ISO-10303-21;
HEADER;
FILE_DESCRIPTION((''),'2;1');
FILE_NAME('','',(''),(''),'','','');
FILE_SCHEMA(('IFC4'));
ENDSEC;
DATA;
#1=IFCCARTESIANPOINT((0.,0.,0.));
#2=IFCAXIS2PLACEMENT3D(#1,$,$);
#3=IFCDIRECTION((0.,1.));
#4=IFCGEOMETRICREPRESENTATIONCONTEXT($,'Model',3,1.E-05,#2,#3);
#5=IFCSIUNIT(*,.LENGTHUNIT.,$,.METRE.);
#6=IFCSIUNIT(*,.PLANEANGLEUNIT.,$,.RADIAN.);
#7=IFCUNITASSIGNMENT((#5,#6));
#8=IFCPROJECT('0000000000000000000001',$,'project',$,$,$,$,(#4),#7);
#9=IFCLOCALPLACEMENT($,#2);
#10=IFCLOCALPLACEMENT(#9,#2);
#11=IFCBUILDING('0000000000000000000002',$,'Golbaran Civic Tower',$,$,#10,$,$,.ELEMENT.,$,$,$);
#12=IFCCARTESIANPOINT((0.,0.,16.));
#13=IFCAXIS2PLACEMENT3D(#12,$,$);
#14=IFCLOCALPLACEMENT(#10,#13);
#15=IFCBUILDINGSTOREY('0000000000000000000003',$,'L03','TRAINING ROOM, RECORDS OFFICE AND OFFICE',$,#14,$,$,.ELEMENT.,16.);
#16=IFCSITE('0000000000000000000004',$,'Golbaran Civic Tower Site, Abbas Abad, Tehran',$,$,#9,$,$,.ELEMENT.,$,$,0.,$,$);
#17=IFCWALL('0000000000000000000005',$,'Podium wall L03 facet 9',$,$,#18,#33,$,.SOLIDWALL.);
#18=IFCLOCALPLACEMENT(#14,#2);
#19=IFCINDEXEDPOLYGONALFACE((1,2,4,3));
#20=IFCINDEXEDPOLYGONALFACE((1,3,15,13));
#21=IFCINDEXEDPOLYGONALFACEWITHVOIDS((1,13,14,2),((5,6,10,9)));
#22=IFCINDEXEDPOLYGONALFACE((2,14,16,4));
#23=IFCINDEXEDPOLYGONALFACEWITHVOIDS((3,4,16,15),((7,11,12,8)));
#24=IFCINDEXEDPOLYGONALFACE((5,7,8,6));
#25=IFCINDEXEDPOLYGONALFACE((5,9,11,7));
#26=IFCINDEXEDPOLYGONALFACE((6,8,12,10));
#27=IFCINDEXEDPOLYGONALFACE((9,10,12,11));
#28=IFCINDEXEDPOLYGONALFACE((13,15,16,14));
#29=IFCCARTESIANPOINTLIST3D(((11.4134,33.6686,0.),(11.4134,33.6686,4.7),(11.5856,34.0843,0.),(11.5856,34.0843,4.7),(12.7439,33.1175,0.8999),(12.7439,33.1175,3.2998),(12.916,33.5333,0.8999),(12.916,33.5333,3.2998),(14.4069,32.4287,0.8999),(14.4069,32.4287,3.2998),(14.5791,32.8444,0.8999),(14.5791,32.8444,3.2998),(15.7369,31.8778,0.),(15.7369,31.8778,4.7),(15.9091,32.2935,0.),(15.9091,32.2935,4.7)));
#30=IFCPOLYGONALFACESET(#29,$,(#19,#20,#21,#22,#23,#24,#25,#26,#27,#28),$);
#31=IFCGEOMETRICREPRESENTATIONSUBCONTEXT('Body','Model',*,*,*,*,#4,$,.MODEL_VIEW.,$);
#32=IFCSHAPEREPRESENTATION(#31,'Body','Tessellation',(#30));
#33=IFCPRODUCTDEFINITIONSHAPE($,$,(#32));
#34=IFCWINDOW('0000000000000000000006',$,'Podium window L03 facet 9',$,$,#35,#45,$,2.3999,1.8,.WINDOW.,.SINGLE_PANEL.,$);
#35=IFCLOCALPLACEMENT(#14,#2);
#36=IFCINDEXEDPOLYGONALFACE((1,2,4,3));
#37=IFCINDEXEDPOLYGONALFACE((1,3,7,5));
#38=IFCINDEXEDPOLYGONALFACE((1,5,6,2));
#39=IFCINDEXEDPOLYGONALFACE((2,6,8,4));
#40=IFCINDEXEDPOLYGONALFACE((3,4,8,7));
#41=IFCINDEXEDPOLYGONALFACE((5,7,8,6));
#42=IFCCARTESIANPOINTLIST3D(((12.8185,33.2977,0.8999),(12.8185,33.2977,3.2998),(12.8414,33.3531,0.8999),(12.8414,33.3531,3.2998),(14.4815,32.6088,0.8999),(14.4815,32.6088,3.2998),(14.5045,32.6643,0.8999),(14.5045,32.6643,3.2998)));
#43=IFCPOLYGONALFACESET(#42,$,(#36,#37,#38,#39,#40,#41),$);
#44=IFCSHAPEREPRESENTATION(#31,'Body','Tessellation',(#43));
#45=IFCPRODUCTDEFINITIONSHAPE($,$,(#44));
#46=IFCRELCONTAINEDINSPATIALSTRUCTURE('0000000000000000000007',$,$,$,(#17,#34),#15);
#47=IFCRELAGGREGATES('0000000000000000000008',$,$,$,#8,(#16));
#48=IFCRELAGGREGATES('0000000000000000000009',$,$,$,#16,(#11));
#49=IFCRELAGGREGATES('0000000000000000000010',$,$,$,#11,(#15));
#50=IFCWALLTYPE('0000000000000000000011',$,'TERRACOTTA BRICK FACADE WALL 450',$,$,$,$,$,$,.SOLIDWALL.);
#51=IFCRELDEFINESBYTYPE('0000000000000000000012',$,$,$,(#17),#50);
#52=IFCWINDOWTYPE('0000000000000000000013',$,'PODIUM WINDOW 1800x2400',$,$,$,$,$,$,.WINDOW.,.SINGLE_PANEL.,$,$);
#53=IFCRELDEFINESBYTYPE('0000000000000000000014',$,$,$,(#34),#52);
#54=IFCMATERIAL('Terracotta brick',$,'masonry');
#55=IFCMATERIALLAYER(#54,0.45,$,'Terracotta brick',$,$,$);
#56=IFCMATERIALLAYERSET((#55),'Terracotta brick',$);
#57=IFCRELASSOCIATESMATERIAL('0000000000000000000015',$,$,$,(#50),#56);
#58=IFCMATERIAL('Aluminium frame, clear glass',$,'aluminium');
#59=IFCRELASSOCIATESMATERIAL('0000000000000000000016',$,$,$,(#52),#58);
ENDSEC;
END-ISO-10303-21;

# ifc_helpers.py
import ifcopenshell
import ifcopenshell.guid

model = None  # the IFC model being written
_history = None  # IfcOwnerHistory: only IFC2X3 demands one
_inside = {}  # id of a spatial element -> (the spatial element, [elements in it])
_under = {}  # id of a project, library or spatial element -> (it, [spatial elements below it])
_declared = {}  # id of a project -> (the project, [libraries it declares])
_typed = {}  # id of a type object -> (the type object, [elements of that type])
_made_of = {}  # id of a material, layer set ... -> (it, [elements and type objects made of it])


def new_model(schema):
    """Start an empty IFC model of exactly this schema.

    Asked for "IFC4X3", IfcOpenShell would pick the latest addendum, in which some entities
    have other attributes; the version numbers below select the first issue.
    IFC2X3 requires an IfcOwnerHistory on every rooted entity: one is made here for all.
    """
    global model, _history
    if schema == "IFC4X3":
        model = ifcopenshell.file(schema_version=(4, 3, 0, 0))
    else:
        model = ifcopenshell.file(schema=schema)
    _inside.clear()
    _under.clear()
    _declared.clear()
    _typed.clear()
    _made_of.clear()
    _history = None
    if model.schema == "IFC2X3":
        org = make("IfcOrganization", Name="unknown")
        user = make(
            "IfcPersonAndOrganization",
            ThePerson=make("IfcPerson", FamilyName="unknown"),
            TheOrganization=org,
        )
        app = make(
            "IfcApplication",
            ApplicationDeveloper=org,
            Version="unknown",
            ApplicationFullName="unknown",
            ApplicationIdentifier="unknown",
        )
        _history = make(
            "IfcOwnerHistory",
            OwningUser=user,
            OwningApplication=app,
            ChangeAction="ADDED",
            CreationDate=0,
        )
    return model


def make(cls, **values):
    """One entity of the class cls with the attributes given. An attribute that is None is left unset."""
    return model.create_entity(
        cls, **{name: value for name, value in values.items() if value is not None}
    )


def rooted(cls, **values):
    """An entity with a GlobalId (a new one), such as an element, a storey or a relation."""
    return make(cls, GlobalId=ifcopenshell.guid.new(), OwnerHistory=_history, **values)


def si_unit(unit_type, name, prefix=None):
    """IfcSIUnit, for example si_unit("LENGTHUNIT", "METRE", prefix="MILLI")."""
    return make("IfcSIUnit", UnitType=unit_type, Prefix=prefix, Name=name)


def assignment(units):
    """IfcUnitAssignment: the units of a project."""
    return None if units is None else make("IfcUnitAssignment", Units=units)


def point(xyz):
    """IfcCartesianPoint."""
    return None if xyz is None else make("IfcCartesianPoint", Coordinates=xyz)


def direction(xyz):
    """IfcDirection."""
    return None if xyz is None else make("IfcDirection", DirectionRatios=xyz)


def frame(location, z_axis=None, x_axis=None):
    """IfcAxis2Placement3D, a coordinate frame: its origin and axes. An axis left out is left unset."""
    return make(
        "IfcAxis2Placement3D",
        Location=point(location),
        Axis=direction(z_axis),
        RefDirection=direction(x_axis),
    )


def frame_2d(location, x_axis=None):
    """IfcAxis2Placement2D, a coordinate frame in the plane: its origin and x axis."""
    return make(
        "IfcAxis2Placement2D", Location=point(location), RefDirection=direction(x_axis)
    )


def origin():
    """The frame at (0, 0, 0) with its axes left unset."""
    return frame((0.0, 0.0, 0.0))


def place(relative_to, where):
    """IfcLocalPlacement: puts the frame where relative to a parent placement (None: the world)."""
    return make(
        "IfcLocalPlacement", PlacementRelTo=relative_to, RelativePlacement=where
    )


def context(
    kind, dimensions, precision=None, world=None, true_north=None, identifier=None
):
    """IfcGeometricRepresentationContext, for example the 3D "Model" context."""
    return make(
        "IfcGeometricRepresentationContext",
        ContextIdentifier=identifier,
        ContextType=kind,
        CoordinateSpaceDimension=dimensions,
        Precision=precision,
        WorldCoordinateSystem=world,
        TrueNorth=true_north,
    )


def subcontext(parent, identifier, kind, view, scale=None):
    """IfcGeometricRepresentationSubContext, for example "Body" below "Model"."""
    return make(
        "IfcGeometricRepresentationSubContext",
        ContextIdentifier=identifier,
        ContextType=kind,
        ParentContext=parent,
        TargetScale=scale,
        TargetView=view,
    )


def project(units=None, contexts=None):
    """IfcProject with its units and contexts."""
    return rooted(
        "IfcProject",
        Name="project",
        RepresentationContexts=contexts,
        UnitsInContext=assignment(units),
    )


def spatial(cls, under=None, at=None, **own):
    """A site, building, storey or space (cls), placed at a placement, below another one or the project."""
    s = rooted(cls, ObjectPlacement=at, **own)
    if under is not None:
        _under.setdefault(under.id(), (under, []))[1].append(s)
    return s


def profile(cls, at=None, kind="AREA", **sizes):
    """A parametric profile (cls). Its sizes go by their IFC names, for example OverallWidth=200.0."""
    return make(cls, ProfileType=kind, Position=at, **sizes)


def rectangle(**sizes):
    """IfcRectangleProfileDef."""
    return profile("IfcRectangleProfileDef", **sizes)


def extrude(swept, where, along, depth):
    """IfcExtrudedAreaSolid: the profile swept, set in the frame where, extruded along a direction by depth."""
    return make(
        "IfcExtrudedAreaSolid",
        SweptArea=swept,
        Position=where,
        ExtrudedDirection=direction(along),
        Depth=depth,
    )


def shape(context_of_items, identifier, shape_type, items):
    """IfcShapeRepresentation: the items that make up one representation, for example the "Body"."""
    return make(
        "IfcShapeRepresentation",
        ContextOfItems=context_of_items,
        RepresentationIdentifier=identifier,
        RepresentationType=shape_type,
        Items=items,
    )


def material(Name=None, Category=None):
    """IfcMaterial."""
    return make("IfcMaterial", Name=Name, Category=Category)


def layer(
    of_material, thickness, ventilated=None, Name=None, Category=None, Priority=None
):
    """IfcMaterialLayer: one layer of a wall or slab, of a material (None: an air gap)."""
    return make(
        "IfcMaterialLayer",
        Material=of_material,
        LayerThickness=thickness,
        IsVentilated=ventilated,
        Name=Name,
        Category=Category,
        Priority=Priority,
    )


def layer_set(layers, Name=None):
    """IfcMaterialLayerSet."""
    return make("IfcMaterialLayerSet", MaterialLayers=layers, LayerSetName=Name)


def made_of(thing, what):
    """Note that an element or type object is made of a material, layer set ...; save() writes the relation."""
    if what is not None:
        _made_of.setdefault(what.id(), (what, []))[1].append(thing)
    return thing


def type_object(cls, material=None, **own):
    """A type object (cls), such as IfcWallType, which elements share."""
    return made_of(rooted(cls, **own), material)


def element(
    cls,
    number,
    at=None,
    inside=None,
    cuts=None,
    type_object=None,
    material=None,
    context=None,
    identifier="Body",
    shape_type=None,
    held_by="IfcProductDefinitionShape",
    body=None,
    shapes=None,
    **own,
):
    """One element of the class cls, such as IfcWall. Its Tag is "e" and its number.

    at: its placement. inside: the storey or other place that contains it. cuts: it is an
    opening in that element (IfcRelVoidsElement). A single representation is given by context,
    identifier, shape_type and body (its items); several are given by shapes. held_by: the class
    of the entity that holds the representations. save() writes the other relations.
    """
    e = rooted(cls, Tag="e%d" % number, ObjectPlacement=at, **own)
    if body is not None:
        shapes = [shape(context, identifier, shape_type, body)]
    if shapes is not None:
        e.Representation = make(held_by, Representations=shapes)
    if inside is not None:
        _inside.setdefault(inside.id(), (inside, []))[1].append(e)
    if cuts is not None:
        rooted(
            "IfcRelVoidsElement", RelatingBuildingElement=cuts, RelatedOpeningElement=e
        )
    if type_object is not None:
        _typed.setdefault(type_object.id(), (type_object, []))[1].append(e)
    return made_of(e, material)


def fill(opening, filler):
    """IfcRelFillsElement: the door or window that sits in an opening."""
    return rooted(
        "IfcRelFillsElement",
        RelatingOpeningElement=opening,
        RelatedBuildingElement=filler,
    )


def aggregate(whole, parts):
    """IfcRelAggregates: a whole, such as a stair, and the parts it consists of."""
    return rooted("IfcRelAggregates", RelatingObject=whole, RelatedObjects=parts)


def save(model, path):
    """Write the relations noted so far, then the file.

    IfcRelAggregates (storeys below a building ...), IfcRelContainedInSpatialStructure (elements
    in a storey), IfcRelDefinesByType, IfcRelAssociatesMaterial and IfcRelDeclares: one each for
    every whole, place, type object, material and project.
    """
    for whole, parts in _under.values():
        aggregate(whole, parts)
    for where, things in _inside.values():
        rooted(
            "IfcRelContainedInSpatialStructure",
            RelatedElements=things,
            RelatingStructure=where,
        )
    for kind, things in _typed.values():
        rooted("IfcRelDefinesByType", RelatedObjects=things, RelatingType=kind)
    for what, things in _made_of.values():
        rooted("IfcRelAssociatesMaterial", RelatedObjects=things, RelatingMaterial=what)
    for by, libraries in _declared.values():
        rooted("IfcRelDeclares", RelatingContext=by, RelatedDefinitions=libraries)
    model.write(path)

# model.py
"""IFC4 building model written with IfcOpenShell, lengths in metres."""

from ifc_helpers import new_model, si_unit, direction, frame, frame_2d, origin, place, context, subcontext, project, spatial, rectangle, extrude, material, layer, layer_set, type_object, element, fill, save


model = new_model("IFC4")

# Units and contexts
model_context = context("Model", 3, precision=1e-05, world=origin(), true_north=direction((0.0, 1.0)))
body_context = subcontext(model_context, "Body", "Model", "MODEL_VIEW")
ifc_project = project(units=[si_unit("LENGTHUNIT", "METRE"), si_unit("PLANEANGLEUNIT", "RADIAN")], contexts=[model_context])

# Site, building, storey
site_placement = place(None, origin())
site = spatial("IfcSite", under=ifc_project, at=site_placement, Name="Golbaran Civic Tower Site, Abbas Abad, Tehran", CompositionType="ELEMENT", RefElevation=0.0)
building_placement = place(site_placement, origin())
building = spatial("IfcBuilding", under=site, at=building_placement, Name="Golbaran Civic Tower", CompositionType="ELEMENT")
storey_placement = place(building_placement, frame((0.0, 0.0, 16.0)))
storey = spatial("IfcBuildingStorey", under=building, at=storey_placement, Name="L03", Description="TRAINING ROOM, RECORDS OFFICE AND OFFICE", CompositionType="ELEMENT", Elevation=16.0)

# Shared definitions
ifc_material_1 = material(Name="Terracotta brick", Category="masonry")
ifc_layer_1 = layer(ifc_material_1, 0.45, Name="Terracotta brick")
ifc_layer_set_1 = layer_set([ifc_layer_1], Name="Terracotta brick")
wall_type_1 = type_object("IfcWallType", Name="TERRACOTTA BRICK FACADE WALL 450", PredefinedType="SOLIDWALL", material=ifc_layer_set_1)
ifc_material_2 = material(Name="Aluminium frame, clear glass", Category="aluminium")
window_type_1 = type_object("IfcWindowType", Name="PODIUM WINDOW 1800x2400", PartitioningType="SINGLE_PANEL", PredefinedType="WINDOW", material=ifc_material_2)

# Wall, opening, window
wall_1_placement = place(storey_placement, frame((15.823, 32.0857, 0.0), z_axis=(0.0, 0.0, 1.0), x_axis=(-0.923885, 0.38267, 0.0)))
wall_1 = element("IfcWall", 1, at=wall_1_placement, inside=storey, type_object=wall_type_1, Name="Podium wall L03 facet 9", PredefinedType="SOLIDWALL", context=body_context, shape_type="SweptSolid", body=[
    extrude(rectangle(XDim=4.6797, YDim=0.45, at=frame_2d((2.3398, 0.0))), origin(), (0.0, 0.0, 1.0), 4.7),
])
opening_1_placement = place(wall_1_placement, frame((1.4397, 0.0, 0.8999)))
opening_1 = element("IfcOpeningElement", 2, at=opening_1_placement, cuts=wall_1, PredefinedType="OPENING", context=body_context, shape_type="SweptSolid", body=[
    extrude(rectangle(XDim=1.8, YDim=2.3999, at=frame_2d((0.8999, 1.2))), frame((0.0, 0.2349, 0.0), z_axis=(0.0, -1.0, 0.0), x_axis=(1.0, 0.0, 0.0)), (0.0, 0.0, 1.0), 0.47),
])
window_1_placement = place(opening_1_placement, origin())
window_1 = element("IfcWindow", 3, at=window_1_placement, inside=storey, type_object=window_type_1, Name="Podium window L03 facet 9", OverallHeight=2.3999, OverallWidth=1.8, PartitioningType="SINGLE_PANEL", PredefinedType="WINDOW", context=body_context, shape_type="SweptSolid", body=[
    extrude(rectangle(XDim=1.8, YDim=2.3999, at=frame_2d((0.8999, 1.2))), frame((0.0, 0.03, 0.0), z_axis=(0.0, -1.0, 0.0), x_axis=(1.0, 0.0, 0.0)), (0.0, 0.0, 1.0), 0.0601),
])
fill(opening_1, window_1)

save(model, "model.ifc")
